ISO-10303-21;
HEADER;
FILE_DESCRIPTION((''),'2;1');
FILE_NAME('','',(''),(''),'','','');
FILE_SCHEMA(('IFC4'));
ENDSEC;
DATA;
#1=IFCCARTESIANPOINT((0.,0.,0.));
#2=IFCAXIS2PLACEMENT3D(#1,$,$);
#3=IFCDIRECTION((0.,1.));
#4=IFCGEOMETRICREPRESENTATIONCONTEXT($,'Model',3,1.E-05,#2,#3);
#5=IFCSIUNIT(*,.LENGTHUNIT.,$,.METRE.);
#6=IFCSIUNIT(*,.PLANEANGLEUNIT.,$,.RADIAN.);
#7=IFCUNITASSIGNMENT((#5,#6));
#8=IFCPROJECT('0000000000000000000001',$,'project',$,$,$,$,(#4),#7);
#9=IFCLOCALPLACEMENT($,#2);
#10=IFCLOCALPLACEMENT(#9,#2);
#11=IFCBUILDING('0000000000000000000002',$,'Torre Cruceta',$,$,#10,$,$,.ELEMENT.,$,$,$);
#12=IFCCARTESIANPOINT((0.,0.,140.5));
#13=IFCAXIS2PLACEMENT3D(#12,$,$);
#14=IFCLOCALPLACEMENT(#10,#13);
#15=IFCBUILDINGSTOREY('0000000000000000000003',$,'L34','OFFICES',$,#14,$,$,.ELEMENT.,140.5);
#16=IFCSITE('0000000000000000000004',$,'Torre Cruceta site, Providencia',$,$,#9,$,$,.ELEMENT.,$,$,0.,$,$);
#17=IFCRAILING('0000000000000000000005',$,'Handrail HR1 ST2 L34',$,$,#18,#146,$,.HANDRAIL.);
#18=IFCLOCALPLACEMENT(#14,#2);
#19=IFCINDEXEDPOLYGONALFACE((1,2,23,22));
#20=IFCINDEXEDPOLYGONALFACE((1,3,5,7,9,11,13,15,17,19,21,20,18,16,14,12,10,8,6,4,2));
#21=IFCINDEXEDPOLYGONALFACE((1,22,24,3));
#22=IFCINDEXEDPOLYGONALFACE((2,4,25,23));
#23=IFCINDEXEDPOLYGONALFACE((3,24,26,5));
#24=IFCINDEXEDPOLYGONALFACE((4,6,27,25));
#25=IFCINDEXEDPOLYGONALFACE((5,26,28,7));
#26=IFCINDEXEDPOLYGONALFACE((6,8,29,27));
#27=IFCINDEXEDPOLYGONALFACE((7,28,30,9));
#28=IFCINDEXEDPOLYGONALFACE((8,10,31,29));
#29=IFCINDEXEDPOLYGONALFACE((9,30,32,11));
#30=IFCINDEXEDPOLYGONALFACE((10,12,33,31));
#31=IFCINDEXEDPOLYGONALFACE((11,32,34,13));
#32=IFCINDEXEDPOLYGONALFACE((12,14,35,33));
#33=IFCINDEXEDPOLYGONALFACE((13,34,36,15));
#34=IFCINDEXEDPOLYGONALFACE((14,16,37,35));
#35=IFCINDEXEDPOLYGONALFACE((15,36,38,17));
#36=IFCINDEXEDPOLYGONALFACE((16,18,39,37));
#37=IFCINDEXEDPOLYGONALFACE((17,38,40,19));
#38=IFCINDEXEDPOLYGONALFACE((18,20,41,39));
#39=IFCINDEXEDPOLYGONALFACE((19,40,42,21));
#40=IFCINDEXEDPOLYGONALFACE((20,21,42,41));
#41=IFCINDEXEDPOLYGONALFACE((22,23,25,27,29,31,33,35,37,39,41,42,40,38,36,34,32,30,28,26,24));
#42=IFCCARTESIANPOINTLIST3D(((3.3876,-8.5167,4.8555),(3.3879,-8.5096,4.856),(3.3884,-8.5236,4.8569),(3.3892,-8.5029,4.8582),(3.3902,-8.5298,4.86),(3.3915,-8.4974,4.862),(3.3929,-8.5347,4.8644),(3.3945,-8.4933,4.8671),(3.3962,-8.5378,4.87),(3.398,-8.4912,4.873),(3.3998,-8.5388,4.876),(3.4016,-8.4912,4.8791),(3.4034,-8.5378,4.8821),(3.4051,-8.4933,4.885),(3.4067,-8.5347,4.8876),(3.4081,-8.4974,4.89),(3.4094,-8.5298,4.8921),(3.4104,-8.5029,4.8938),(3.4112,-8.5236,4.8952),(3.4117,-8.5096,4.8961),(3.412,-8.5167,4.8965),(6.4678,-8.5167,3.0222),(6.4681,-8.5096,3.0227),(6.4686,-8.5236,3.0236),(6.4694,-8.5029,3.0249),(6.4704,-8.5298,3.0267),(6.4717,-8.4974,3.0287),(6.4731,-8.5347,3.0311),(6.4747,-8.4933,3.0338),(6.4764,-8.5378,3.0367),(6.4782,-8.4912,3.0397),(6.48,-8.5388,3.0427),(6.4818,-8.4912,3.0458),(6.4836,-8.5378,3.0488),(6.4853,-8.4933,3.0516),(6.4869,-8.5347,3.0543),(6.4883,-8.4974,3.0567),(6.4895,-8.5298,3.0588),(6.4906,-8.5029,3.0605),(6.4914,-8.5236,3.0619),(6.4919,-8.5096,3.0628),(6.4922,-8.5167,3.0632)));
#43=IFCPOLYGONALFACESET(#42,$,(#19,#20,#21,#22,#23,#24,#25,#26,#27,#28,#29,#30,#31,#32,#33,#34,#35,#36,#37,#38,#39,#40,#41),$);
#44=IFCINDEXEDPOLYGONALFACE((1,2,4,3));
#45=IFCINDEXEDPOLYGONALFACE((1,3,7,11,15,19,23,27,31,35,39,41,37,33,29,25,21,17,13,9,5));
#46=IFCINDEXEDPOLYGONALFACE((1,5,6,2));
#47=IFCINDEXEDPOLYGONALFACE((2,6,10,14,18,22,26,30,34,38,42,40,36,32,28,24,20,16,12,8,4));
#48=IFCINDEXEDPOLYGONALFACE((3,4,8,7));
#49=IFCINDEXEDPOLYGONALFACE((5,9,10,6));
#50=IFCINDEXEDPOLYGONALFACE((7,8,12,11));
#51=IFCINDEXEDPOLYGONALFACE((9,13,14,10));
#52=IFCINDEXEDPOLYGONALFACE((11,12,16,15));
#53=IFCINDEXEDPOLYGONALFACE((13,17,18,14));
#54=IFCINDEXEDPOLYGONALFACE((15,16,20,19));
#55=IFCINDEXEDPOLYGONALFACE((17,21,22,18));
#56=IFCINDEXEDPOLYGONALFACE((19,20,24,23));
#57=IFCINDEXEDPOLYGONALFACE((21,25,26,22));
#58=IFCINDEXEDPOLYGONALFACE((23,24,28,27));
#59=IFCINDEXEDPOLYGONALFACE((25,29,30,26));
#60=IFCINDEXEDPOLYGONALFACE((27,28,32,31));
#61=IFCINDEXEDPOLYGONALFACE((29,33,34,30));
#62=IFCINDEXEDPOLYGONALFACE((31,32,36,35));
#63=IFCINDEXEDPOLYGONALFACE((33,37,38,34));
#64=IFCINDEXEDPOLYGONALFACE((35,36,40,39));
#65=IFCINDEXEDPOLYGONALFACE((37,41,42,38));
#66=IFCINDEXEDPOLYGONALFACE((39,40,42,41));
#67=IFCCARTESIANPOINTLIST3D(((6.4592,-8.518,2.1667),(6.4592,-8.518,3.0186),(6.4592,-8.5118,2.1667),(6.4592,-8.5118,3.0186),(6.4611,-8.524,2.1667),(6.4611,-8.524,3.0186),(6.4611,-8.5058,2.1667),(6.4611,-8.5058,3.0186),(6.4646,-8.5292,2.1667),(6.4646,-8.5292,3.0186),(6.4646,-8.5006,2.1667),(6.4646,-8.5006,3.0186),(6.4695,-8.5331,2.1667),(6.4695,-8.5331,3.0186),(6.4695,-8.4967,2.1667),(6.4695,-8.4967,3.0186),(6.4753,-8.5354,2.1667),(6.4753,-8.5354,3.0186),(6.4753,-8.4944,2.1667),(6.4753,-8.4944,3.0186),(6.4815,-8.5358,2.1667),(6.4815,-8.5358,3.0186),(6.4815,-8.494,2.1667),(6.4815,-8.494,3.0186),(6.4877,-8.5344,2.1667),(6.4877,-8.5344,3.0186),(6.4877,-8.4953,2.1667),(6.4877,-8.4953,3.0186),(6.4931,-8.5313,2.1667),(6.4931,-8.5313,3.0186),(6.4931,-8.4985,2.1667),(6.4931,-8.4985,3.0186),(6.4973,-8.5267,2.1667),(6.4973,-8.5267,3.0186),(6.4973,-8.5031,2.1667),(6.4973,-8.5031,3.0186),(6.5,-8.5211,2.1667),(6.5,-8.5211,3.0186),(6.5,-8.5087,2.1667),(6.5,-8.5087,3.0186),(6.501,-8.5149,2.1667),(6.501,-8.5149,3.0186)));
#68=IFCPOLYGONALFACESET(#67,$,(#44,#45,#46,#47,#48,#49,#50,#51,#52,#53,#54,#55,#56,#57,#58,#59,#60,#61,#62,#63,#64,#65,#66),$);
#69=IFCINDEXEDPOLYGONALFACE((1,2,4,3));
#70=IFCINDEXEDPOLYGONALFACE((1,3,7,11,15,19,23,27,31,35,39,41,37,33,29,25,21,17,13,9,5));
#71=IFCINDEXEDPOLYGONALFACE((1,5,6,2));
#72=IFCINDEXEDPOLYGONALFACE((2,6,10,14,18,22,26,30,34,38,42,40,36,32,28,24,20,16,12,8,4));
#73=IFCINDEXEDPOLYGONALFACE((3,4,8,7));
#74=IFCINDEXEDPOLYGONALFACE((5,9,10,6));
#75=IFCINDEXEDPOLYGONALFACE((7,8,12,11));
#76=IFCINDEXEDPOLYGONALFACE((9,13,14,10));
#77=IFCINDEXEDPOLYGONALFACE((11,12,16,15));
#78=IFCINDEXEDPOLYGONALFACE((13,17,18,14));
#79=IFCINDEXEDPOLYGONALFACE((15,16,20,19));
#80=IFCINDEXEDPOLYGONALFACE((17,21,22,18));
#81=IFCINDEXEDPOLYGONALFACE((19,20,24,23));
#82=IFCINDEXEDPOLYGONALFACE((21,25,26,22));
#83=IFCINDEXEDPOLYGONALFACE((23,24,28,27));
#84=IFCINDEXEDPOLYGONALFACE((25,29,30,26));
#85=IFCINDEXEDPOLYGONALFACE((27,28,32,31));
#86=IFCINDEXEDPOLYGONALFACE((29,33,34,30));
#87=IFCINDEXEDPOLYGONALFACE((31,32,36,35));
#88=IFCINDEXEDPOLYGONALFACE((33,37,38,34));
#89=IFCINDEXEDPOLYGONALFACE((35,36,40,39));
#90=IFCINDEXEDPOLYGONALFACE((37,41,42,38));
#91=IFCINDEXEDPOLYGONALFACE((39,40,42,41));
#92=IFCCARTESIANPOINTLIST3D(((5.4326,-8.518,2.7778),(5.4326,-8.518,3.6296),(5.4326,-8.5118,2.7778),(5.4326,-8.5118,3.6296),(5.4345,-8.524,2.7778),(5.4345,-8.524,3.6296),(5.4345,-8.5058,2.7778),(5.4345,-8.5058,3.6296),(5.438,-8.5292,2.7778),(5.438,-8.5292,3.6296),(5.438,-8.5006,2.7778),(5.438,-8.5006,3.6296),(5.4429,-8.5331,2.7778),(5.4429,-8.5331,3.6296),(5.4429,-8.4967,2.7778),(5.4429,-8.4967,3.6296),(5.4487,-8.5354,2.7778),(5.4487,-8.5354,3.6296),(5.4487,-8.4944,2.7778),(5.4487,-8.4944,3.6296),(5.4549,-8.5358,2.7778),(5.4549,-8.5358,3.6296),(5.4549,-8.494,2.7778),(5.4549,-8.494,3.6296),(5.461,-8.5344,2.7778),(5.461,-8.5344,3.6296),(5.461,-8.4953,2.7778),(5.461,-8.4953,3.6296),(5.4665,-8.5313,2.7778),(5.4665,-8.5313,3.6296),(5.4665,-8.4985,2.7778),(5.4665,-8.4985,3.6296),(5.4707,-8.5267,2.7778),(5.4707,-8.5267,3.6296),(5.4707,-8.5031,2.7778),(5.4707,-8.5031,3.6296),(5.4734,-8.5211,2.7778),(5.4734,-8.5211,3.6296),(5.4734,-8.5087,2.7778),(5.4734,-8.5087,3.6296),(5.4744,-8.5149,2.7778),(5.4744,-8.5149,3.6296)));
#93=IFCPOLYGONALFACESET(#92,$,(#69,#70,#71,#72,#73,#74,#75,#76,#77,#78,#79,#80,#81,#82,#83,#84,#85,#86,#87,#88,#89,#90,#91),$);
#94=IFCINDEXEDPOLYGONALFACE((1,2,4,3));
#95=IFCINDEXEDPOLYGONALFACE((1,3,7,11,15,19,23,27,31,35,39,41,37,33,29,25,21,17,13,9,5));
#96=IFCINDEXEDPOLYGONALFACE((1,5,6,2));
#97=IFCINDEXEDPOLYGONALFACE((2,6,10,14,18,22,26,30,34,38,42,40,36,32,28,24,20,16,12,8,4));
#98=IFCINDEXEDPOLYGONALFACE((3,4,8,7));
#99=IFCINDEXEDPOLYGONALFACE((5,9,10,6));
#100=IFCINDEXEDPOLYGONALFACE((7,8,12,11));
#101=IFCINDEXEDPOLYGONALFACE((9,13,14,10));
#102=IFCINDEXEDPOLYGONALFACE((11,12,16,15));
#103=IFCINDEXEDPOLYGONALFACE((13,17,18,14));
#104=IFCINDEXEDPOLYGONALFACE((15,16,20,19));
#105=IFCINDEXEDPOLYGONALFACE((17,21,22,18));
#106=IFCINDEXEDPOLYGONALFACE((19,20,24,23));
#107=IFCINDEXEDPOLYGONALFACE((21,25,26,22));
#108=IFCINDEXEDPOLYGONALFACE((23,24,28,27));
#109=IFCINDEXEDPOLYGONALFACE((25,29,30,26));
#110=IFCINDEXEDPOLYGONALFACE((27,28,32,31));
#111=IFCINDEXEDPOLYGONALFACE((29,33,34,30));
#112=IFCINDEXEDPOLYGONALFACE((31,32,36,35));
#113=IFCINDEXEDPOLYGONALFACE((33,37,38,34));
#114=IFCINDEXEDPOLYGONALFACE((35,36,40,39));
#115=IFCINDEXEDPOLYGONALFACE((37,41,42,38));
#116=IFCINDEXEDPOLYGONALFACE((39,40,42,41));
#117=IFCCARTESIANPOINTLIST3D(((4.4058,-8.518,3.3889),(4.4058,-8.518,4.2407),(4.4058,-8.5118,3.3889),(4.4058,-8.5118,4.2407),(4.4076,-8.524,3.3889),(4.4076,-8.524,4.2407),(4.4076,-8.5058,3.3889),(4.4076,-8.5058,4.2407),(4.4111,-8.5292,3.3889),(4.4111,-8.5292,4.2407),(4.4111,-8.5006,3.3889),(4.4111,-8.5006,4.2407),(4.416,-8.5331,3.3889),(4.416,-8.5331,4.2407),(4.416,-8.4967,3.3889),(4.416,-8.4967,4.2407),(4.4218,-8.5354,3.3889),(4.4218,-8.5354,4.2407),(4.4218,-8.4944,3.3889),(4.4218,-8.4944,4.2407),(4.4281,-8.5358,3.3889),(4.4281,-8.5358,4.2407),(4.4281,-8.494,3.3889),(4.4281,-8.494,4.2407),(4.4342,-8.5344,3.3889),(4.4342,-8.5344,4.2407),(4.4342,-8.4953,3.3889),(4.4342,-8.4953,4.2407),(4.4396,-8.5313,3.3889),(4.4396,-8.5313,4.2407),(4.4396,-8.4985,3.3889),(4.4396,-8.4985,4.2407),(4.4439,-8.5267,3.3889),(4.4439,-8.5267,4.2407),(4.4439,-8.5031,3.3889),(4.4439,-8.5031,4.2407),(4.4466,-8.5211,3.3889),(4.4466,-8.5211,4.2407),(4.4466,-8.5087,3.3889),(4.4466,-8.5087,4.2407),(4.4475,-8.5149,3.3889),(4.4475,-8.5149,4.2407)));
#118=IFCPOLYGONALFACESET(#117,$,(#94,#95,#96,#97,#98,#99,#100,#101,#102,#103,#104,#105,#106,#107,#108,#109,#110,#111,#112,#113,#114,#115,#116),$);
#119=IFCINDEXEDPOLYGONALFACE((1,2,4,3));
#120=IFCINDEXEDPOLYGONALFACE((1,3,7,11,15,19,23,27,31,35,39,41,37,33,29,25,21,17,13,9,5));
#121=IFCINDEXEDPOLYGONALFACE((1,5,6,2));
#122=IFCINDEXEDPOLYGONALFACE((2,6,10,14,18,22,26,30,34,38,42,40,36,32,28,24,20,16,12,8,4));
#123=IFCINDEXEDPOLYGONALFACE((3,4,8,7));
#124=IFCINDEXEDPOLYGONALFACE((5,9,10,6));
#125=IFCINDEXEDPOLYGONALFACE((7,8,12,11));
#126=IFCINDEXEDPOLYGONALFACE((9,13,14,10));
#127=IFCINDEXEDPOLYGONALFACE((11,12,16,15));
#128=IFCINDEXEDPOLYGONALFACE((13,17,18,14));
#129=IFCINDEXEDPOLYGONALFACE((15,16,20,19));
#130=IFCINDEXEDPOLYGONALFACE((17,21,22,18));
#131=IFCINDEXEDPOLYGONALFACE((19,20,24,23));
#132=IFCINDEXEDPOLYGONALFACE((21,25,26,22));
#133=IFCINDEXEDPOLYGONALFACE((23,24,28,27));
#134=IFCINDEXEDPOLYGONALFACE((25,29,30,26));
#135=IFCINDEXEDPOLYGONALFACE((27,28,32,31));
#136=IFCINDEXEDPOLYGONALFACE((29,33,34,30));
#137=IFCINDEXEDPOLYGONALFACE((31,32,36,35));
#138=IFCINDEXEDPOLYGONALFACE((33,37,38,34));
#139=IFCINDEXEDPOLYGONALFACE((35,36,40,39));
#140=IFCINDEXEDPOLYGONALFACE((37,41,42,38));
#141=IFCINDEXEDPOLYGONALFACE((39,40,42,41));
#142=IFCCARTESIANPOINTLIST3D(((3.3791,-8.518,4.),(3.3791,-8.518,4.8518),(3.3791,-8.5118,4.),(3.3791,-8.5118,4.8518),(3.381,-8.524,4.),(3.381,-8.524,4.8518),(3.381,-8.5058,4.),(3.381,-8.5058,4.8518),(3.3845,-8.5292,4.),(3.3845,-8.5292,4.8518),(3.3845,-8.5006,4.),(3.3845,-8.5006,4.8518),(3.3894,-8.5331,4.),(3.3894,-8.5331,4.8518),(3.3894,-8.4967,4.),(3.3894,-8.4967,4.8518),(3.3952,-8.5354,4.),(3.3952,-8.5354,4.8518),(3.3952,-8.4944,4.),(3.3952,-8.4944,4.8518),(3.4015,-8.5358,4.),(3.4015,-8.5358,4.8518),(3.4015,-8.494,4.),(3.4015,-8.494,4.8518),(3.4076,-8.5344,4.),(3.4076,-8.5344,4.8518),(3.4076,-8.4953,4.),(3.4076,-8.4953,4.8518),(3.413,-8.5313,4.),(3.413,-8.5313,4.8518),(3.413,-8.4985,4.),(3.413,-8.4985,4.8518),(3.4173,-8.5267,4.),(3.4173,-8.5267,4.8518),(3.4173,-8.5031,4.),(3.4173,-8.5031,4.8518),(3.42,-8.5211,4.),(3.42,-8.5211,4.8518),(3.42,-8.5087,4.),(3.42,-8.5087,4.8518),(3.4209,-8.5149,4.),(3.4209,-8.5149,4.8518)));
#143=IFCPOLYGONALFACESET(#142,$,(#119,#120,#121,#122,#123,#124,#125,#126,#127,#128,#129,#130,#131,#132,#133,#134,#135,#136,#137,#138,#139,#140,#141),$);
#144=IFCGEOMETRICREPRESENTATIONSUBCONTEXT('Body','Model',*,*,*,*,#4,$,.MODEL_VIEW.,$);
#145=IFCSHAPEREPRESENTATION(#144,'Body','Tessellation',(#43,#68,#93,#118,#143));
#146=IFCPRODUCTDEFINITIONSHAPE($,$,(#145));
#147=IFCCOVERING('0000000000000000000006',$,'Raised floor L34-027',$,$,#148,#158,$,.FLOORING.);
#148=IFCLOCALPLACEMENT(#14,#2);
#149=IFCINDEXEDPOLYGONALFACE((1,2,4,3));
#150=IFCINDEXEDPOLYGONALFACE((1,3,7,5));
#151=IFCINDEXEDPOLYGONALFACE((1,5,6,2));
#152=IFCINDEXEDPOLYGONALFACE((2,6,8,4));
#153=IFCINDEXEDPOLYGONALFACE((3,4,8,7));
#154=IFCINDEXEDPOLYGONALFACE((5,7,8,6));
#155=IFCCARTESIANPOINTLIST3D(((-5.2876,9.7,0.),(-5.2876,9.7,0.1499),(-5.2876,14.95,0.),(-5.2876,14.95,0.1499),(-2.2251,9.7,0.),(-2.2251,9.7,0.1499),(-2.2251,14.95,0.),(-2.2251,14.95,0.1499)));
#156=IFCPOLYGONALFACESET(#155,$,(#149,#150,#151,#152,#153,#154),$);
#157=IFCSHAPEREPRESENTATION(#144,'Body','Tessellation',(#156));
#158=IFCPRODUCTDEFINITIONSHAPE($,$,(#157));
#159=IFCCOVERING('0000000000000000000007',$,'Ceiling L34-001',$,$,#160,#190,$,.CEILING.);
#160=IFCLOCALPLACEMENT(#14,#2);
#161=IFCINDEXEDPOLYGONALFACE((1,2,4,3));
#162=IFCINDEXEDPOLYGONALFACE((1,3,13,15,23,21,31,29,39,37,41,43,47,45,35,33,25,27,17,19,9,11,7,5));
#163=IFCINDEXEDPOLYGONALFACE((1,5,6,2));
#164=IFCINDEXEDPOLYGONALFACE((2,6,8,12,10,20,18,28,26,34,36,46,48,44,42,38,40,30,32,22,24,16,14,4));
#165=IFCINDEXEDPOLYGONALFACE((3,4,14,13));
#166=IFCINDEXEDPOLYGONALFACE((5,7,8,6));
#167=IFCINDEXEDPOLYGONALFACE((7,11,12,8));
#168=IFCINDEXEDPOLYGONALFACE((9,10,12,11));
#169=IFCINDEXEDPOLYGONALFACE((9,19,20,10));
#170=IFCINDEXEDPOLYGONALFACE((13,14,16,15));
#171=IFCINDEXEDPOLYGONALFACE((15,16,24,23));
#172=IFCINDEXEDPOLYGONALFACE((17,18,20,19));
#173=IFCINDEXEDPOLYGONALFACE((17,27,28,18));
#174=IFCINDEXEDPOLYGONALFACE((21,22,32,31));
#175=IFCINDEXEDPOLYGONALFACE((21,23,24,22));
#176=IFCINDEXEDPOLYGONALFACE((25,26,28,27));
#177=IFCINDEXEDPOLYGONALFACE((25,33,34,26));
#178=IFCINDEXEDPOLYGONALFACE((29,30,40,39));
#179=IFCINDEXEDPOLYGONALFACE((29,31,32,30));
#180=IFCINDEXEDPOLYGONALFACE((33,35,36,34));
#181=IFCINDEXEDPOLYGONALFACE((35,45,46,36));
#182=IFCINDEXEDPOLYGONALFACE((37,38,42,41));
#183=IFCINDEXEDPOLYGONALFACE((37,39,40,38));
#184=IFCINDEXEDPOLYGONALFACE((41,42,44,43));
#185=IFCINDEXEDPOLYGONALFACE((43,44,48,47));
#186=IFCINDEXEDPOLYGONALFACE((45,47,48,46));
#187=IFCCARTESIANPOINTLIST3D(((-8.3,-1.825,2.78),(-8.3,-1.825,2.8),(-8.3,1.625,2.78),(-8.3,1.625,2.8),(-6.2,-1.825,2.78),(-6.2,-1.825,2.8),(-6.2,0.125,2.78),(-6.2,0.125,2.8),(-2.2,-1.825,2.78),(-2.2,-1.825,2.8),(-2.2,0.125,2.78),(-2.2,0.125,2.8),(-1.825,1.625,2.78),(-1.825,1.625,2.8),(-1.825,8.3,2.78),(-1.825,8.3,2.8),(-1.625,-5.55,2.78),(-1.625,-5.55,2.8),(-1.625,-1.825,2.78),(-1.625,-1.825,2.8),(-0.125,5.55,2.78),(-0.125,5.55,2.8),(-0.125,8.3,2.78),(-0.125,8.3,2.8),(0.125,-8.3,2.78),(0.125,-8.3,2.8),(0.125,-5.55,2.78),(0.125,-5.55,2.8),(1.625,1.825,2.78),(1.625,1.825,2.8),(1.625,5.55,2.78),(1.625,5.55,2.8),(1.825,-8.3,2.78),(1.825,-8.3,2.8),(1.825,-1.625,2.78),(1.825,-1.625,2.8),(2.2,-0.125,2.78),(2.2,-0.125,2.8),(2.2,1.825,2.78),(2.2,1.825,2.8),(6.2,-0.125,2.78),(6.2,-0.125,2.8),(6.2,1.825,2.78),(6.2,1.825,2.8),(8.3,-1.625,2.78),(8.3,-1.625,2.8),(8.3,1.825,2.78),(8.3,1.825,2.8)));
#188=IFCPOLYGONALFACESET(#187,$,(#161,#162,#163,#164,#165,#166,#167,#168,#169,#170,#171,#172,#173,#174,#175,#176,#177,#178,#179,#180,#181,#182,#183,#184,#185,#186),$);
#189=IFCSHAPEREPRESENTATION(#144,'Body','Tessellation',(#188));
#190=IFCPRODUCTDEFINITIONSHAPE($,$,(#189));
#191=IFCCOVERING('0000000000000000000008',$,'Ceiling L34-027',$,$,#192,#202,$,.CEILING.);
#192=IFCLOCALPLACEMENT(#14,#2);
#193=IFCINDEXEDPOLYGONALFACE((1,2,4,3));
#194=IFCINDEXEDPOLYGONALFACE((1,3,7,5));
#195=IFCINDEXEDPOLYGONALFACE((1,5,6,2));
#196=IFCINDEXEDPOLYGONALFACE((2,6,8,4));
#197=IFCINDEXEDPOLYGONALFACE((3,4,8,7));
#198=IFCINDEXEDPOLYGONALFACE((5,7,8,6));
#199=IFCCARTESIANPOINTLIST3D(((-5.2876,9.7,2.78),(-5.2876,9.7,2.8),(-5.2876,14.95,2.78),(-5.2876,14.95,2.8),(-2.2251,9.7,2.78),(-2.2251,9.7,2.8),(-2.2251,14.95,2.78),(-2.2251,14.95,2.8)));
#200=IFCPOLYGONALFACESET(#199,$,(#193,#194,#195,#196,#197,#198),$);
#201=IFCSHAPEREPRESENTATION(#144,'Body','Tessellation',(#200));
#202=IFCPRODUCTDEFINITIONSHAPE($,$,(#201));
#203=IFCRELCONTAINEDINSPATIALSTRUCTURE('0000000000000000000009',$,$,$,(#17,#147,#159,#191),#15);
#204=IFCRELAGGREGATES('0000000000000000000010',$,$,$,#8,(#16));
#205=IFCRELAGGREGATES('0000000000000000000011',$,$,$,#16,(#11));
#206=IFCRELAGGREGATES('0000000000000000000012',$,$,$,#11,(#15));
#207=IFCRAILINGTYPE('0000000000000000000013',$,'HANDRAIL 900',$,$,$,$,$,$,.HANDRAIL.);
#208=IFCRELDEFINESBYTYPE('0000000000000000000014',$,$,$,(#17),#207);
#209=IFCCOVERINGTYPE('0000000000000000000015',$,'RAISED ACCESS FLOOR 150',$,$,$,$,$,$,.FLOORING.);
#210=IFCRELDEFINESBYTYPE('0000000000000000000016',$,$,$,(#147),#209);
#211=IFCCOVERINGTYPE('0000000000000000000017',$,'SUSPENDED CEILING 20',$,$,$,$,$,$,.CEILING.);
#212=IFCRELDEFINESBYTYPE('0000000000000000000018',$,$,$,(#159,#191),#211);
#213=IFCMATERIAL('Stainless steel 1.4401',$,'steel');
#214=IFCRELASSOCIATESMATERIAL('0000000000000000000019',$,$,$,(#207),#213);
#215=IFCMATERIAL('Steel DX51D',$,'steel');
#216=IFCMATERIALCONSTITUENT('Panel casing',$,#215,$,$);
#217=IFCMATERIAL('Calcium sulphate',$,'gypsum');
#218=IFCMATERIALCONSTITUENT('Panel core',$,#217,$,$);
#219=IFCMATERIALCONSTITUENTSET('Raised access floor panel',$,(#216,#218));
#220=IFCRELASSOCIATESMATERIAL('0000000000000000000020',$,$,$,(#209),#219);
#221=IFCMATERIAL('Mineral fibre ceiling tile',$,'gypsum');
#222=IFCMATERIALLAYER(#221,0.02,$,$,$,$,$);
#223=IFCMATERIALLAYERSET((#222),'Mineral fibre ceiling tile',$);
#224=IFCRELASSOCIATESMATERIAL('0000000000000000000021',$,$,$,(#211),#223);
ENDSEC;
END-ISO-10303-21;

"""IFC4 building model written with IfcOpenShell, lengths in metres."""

from ifc_helpers import new_model, si_unit, direction, frame, origin, origin_2d, place, context, subcontext, project, spatial, polyline, circle, outline, extrude, material, layer, layer_set, constituent, constituent_set, type_object, element, save


model = new_model("IFC4")

# Units and contexts
model_context = context("Model", 3, precision=1e-05, world=origin(), true_north=direction((0.0, 1.0)))
body_context = subcontext(model_context, "Body", "Model", "MODEL_VIEW")
ifc_project = project(units=[si_unit("LENGTHUNIT", "METRE"), si_unit("PLANEANGLEUNIT", "RADIAN")], contexts=[model_context])

# Site, building, storey
site_placement = place(None, origin())
site = spatial("IfcSite", under=ifc_project, at=site_placement, Name="Torre Cruceta site, Providencia", CompositionType="ELEMENT", RefElevation=0.0)
building_placement = place(site_placement, origin())
building = spatial("IfcBuilding", under=site, at=building_placement, Name="Torre Cruceta", CompositionType="ELEMENT")
storey_placement = place(building_placement, frame((0.0, 0.0, 140.5)))
storey = spatial("IfcBuildingStorey", under=building, at=storey_placement, Name="L34", Description="OFFICES", CompositionType="ELEMENT", Elevation=140.5)

# Railing
ifc_material_1 = material(Name="Stainless steel 1.4401", Category="steel")
railing_type = type_object("IfcRailingType", Name="HANDRAIL 900", PredefinedType="HANDRAIL", material=ifc_material_1)
railing_1_placement = place(storey_placement, frame((6.48, -8.5149, 2.1667)))
element("IfcRailing", 1, at=railing_1_placement, inside=storey, type_object=railing_type, Name="Handrail HR1 ST2 L34", PredefinedType="HANDRAIL", context=body_context, shape_type="SweptSolid", body=[
    extrude(circle(Radius=0.0239, at=origin_2d()), frame((0.0, 0.0, 0.876), z_axis=(-0.859309, 0.0, 0.511458), x_axis=(0.0, -1.0, 0.0)), (0.0, 0.0, 1.0), 3.5845),
    extrude(circle(Radius=0.021, at=origin_2d()), origin(), (0.0, 0.0, 1.0), 0.8518),
    extrude(circle(Radius=0.021, at=origin_2d()), frame((-1.0266, 0.0, 0.6111)), (0.0, 0.0, 1.0), 0.8518),
    extrude(circle(Radius=0.021, at=origin_2d()), frame((-2.0535, 0.0, 1.2222)), (0.0, 0.0, 1.0), 0.8518),
    extrude(circle(Radius=0.021, at=origin_2d()), frame((-3.0801, 0.0, 1.8333)), (0.0, 0.0, 1.0), 0.8518),
])

# Coverings
ifc_material_2 = material(Name="Steel DX51D", Category="steel")
ifc_constituent_1 = constituent(ifc_material_2, Name="Panel casing")
ifc_material_3 = material(Name="Calcium sulphate", Category="gypsum")
ifc_constituent_2 = constituent(ifc_material_3, Name="Panel core")
ifc_constituent_set_1 = constituent_set(constituents=[ifc_constituent_1, ifc_constituent_2], Name="Raised access floor panel")
covering_type_1 = type_object("IfcCoveringType", Name="RAISED ACCESS FLOOR 150", PredefinedType="FLOORING", material=ifc_constituent_set_1)
covering_1_placement = place(storey_placement, origin())
element("IfcCovering", 2, at=covering_1_placement, inside=storey, type_object=covering_type_1, Name="Raised floor L34-027", PredefinedType="FLOORING", context=body_context, shape_type="SweptSolid", body=[
    extrude(outline(polyline([(-2.2251, 9.7), (-5.2876, 9.7), (-5.2876, 14.95), (-2.2251, 14.95), (-2.2251, 9.7)])), origin(), (0.0, 0.0, 1.0), 0.1499),
])
ifc_material_4 = material(Name="Mineral fibre ceiling tile", Category="gypsum")
ifc_layer_1 = layer(ifc_material_4, 0.02)
ifc_layer_set_1 = layer_set([ifc_layer_1], Name="Mineral fibre ceiling tile")
covering_type_2 = type_object("IfcCoveringType", Name="SUSPENDED CEILING 20", PredefinedType="CEILING", material=ifc_layer_set_1)
covering_2_placement = place(storey_placement, frame((0.0, 0.0, 2.78)))
element("IfcCovering", 3, at=covering_2_placement, inside=storey, type_object=covering_type_2, Name="Ceiling L34-001", PredefinedType="CEILING", context=body_context, shape_type="SweptSolid", body=[
    extrude(outline(polyline([(1.825, -8.3), (0.125, -8.3), (0.125, -5.55), (-1.625, -5.55), (-1.625, -1.825), (-2.2, -1.825), (-2.2, 0.125), (-6.2, 0.125), (-6.2, -1.825), (-8.3, -1.825), (-8.3, 1.625), (-1.825, 1.625), (-1.825, 8.3), (-0.125, 8.3), (-0.125, 5.55), (1.625, 5.55), (1.625, 1.825), (2.2, 1.825), (2.2, -0.125), (6.2, -0.125), (6.2, 1.825), (8.3, 1.825), (8.3, -1.625), (1.825, -1.625), (1.825, -8.3)])), origin(), (0.0, 0.0, 1.0), 0.02),
])
covering_3_placement = place(storey_placement, frame((0.0, 0.0, 2.78)))
element("IfcCovering", 4, at=covering_3_placement, inside=storey, type_object=covering_type_2, Name="Ceiling L34-027", PredefinedType="CEILING", context=body_context, shape_type="SweptSolid", body=[
    extrude(outline(polyline([(-2.2251, 9.7), (-5.2876, 9.7), (-5.2876, 14.95), (-2.2251, 14.95), (-2.2251, 9.7)])), origin(), (0.0, 0.0, 1.0), 0.02),
])

save(model, "model.ifc")
